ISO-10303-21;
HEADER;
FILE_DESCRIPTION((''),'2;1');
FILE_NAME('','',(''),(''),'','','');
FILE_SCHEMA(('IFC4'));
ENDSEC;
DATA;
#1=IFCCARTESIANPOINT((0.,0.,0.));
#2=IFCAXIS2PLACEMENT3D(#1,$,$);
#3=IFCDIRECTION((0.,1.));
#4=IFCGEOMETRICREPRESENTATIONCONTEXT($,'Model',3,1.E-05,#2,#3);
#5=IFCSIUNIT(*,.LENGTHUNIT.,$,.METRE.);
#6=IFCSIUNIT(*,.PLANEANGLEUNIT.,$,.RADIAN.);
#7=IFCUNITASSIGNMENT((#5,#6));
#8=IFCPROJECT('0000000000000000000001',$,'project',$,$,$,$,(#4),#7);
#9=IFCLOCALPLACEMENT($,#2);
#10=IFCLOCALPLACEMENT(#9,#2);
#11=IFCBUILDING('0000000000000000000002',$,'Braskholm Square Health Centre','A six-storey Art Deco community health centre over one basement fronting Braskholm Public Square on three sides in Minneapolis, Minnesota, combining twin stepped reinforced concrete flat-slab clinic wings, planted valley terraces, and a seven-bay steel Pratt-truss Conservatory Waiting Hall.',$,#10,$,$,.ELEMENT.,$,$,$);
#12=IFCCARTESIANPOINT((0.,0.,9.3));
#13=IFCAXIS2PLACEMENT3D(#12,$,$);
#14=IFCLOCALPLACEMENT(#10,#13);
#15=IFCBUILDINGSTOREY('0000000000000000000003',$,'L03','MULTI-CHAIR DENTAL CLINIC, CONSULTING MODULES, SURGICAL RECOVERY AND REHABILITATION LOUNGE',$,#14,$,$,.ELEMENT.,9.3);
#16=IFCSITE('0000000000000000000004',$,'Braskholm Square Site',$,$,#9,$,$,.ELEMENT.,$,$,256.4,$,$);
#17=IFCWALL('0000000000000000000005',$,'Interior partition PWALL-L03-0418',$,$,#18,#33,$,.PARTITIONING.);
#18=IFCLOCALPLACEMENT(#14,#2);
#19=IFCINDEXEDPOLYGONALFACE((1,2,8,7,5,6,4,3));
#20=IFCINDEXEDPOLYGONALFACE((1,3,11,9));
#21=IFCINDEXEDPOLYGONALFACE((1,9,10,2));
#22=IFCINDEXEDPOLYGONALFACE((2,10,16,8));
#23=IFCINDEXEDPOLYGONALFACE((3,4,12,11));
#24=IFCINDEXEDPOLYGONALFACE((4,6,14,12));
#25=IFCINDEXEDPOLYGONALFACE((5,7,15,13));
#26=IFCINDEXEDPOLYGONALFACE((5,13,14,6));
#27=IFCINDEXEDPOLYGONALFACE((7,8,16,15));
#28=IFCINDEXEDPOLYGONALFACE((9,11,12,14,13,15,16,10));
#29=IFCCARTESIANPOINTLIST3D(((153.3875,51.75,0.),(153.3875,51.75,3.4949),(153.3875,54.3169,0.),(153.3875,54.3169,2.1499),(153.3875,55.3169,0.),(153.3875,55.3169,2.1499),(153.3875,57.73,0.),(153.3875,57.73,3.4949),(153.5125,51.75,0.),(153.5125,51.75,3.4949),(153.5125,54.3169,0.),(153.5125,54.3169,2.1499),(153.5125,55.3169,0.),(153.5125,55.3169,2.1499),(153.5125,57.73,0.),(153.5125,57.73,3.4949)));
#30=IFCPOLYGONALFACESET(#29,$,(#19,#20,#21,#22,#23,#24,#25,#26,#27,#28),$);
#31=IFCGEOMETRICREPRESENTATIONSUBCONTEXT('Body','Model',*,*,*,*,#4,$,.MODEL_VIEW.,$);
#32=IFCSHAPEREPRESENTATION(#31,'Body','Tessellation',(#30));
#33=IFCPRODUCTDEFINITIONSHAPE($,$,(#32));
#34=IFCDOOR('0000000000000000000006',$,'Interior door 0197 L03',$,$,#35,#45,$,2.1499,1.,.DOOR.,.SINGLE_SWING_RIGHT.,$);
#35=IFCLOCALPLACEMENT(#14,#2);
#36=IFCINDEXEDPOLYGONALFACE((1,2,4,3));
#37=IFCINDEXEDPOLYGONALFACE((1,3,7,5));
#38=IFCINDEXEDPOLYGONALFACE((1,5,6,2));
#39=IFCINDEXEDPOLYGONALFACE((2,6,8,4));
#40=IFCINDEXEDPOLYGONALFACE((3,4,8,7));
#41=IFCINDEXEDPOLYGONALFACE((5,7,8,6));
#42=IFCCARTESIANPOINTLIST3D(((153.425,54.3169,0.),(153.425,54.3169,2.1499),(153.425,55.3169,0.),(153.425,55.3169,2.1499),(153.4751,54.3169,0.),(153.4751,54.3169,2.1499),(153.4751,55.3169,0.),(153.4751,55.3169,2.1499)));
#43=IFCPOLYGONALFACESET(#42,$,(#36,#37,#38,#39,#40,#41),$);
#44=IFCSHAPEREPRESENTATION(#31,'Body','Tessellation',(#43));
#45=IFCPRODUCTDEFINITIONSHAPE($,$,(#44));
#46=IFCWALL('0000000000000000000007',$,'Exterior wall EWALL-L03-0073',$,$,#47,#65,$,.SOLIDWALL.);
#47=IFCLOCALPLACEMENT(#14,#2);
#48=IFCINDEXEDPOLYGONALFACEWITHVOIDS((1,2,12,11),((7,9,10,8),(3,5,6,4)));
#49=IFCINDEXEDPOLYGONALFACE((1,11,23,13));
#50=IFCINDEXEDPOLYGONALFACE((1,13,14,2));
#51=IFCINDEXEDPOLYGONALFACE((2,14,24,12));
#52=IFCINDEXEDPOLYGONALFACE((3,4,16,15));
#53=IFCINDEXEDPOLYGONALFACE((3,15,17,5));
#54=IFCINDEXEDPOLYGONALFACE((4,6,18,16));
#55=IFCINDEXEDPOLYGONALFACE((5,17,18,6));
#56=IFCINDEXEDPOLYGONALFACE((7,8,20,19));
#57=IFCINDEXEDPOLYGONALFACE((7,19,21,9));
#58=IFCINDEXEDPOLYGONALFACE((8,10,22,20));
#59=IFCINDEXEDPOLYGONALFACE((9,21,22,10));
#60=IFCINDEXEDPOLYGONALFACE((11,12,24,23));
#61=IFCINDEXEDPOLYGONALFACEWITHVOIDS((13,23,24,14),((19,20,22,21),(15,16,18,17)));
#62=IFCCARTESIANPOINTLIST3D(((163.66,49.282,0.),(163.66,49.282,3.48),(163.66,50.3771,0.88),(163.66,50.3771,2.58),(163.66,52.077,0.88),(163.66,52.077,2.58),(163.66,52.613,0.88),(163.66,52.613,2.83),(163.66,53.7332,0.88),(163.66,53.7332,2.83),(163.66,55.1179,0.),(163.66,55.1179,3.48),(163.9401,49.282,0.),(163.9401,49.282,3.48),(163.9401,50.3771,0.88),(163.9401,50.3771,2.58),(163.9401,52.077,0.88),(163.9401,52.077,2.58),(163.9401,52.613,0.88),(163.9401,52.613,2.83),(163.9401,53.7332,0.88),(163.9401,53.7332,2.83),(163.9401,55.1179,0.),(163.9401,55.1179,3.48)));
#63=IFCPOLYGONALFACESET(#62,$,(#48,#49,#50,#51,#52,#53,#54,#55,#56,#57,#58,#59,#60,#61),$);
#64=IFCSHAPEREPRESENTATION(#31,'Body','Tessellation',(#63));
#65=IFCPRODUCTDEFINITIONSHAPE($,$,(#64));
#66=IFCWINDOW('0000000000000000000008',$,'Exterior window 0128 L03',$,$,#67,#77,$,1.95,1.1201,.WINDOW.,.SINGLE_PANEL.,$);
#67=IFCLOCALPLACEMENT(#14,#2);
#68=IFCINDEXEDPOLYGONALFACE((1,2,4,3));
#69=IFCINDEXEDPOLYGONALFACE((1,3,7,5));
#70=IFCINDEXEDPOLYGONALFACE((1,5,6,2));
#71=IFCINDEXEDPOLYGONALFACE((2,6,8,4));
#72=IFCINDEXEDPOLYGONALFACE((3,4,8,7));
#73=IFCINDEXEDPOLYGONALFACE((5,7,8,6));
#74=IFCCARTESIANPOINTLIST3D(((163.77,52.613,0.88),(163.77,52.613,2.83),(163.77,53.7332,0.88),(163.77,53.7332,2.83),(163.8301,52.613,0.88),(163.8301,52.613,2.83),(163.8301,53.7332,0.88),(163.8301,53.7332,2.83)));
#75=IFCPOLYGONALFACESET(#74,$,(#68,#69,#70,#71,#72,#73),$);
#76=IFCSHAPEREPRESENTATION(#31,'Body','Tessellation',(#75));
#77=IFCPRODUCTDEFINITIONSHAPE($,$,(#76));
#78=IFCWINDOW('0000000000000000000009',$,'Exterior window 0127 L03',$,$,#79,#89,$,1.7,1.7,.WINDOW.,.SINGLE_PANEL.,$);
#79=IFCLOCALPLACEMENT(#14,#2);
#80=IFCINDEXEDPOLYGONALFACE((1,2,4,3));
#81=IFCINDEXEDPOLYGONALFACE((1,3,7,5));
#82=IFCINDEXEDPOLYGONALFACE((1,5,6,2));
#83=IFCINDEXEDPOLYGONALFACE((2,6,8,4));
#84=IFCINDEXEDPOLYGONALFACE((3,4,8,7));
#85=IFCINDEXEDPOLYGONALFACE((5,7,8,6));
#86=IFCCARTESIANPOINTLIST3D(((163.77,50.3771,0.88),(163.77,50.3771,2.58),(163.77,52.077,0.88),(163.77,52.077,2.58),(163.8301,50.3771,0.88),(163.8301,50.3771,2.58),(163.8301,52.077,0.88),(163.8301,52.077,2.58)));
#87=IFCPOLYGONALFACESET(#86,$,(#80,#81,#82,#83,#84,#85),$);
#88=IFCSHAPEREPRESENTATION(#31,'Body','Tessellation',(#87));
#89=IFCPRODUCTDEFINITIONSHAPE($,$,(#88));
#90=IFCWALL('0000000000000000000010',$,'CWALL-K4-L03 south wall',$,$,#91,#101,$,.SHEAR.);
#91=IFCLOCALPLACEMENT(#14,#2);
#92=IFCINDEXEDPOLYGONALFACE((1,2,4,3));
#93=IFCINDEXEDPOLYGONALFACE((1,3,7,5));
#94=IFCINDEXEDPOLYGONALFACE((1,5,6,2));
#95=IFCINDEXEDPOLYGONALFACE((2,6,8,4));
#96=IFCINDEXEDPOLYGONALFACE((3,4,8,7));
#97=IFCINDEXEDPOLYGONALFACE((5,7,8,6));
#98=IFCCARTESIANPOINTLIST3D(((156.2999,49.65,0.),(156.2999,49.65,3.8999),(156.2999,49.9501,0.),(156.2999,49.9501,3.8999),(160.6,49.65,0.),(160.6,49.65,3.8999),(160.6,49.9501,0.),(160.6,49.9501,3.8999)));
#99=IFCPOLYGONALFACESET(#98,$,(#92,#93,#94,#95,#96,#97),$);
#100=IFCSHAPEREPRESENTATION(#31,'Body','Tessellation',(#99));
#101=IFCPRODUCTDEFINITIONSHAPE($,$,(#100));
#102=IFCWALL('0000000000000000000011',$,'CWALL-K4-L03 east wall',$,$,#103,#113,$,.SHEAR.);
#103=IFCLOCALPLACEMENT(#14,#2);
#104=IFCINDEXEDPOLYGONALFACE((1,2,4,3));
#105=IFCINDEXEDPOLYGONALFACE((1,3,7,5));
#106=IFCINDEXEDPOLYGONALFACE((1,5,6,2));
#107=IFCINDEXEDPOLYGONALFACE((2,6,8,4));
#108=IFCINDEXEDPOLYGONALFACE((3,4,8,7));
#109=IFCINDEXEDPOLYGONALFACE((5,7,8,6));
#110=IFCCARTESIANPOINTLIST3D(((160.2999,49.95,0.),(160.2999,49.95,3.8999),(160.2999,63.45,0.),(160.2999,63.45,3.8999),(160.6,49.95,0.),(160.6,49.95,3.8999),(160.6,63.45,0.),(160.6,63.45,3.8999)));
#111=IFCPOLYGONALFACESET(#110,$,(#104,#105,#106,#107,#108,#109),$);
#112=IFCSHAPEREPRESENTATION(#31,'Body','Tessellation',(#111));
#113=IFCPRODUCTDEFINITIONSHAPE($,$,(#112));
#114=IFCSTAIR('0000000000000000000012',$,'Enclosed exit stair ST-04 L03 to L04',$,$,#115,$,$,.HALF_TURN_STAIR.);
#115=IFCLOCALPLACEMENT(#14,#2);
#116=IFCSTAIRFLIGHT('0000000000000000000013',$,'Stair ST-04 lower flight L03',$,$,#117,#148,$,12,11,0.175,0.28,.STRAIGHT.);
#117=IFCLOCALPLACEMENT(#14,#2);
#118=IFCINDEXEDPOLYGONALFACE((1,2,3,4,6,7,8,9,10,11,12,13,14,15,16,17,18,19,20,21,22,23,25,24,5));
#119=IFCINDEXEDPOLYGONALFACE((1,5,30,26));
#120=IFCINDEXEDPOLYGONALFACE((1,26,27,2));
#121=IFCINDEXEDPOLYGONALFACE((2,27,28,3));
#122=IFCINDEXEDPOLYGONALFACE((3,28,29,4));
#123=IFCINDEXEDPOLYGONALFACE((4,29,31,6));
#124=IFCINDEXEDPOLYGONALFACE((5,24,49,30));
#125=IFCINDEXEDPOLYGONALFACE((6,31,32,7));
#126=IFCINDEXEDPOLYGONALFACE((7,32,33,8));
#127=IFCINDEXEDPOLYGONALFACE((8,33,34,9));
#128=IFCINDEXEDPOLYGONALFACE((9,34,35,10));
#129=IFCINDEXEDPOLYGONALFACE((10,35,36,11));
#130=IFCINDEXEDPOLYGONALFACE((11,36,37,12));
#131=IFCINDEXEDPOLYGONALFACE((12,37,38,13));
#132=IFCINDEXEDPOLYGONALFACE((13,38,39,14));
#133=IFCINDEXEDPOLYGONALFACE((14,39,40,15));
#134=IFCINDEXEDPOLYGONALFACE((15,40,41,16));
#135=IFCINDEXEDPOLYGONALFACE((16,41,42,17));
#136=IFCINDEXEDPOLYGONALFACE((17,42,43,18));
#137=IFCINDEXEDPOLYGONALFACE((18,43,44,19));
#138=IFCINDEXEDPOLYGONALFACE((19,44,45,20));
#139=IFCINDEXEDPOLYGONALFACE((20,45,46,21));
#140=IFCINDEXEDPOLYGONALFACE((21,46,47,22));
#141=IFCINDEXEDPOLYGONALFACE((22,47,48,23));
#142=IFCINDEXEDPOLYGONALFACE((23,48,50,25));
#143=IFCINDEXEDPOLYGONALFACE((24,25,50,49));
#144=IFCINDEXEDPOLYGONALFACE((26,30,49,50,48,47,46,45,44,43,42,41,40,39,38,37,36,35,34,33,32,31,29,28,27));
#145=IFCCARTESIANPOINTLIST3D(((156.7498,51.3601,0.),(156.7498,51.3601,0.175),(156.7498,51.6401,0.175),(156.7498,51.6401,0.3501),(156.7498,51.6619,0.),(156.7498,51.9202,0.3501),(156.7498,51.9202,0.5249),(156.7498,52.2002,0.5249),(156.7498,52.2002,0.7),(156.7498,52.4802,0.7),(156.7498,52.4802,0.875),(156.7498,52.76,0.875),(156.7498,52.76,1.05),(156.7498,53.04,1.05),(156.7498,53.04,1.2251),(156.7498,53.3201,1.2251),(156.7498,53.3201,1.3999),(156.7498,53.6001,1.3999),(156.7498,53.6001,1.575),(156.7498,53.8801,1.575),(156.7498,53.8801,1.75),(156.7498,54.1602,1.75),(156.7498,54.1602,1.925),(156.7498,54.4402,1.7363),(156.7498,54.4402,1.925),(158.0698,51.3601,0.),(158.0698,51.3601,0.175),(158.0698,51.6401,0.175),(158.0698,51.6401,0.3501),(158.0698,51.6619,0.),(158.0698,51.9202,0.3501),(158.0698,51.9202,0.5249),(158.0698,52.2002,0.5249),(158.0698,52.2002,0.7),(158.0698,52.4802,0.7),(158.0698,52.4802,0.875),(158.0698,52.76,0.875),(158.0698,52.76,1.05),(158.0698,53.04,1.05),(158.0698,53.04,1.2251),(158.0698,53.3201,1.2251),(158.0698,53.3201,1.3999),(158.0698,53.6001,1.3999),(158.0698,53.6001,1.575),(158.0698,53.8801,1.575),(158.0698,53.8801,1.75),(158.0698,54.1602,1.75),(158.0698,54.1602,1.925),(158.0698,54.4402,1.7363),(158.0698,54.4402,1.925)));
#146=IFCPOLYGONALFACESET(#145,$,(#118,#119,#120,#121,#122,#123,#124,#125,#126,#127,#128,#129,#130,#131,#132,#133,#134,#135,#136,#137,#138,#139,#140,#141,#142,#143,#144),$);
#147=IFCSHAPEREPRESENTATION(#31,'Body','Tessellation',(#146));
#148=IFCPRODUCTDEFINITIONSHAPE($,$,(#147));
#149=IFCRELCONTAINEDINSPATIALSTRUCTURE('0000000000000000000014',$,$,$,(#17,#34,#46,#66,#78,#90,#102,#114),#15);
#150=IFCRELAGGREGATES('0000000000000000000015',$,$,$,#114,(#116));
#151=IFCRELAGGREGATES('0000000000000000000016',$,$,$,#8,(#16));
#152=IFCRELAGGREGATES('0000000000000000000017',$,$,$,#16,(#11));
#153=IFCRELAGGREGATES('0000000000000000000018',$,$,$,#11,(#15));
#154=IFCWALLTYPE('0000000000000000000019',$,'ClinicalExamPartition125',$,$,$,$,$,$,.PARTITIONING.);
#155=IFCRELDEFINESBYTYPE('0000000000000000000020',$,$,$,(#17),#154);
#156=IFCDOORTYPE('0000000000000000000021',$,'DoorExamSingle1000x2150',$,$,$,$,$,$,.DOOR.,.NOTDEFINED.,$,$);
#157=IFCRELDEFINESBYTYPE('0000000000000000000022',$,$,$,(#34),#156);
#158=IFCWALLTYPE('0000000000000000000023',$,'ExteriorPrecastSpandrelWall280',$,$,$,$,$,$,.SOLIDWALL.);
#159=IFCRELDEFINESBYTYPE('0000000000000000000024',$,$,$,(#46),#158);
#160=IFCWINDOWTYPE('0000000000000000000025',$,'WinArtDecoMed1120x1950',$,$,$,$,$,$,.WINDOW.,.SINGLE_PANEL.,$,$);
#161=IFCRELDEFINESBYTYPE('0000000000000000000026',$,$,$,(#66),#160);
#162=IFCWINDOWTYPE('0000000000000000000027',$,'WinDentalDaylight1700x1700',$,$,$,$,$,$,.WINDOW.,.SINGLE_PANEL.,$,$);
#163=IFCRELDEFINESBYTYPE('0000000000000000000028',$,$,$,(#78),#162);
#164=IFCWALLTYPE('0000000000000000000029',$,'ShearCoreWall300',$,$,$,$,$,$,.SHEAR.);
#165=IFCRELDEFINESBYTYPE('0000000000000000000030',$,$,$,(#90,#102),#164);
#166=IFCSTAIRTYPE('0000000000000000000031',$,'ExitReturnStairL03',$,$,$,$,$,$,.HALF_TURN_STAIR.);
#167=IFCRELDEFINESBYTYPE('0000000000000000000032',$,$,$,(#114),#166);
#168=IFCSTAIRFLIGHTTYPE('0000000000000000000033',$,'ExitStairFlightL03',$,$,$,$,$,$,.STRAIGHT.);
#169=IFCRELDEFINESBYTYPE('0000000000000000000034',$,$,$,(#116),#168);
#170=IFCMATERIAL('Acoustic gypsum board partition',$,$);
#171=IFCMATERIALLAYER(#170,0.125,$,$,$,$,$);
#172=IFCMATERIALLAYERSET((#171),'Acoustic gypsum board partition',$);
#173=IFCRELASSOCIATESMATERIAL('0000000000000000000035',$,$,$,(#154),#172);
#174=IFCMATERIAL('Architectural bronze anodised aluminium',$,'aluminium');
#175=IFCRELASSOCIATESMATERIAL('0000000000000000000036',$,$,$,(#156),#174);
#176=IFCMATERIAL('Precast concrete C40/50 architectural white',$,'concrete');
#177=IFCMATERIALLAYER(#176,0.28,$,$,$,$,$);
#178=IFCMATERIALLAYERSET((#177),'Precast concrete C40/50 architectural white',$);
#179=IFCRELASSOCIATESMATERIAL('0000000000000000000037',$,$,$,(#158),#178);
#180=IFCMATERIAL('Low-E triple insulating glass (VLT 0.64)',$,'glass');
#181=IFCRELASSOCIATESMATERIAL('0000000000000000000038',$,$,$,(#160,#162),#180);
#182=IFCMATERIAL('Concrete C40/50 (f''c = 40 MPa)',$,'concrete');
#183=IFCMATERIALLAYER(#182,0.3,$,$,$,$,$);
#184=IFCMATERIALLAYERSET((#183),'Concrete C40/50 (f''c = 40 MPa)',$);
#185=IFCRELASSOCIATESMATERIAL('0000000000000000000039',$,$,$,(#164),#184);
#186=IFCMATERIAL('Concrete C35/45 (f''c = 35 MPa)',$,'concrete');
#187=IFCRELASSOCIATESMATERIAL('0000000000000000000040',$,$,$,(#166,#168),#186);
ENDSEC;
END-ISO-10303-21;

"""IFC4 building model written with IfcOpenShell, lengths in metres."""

from ifc_helpers import new_model, si_unit, direction, frame, frame_2d, origin, origin_with_axes, place, context, subcontext, project, spatial, polyline, rectangle, outline, extrude, material, layer, layer_set, type_object, element, fill, aggregate, save


model = new_model("IFC4")

# Units and contexts
model_context = context("Model", 3, precision=1e-05, world=origin(), true_north=direction((0.0, 1.0)))
body_context = subcontext(model_context, "Body", "Model", "MODEL_VIEW")
ifc_project = project(units=[si_unit("LENGTHUNIT", "METRE"), si_unit("PLANEANGLEUNIT", "RADIAN")], contexts=[model_context])

# Site, building, storey
site_placement = place(None, origin())
site = spatial("IfcSite", under=ifc_project, at=site_placement, Name="Braskholm Square Site", CompositionType="ELEMENT", RefElevation=256.4)
building_placement = place(site_placement, origin())
building = spatial("IfcBuilding", under=site, at=building_placement, Name="Braskholm Square Health Centre", Description="A six-storey Art Deco community health centre over one basement fronting Braskholm Public Square on three sides in Minneapolis, Minnesota, combining twin stepped reinforced concrete flat-slab clinic wings, planted valley terraces, and a seven-bay steel Pratt-truss Conservatory Waiting Hall.", CompositionType="ELEMENT")
storey_placement = place(building_placement, frame((0.0, 0.0, 9.3)))
storey = spatial("IfcBuildingStorey", under=building, at=storey_placement, Name="L03", Description="MULTI-CHAIR DENTAL CLINIC, CONSULTING MODULES, SURGICAL RECOVERY AND REHABILITATION LOUNGE", CompositionType="ELEMENT", Elevation=9.3)

# Shared definitions
ifc_material_1 = material(Name="Concrete C40/50 (f'c = 40 MPa)", Category="concrete")
ifc_material_2 = material(Name="Precast concrete C40/50 architectural white", Category="concrete")

# Shared definitions
ifc_material_3 = material(Name="Low-E triple insulating glass (VLT 0.64)", Category="glass")
ifc_material_4 = material(Name="Architectural bronze anodised aluminium", Category="aluminium")

# Shared definitions
ifc_material_5 = material(Name="Concrete C35/45 (f'c = 35 MPa)", Category="concrete")

# Shared definitions
ifc_material_6 = material(Name="Acoustic gypsum board partition")
ifc_layer_1 = layer(ifc_material_6, 0.125)
ifc_layer_set_1 = layer_set([ifc_layer_1], Name="Acoustic gypsum board partition")
wall_type_1 = type_object("IfcWallType", Name="ClinicalExamPartition125", PredefinedType="PARTITIONING", material=ifc_layer_set_1)

# Wall, opening, door
wall_1_placement = place(storey_placement, frame((153.45, 51.75, 0.0), z_axis=(0.0, 0.0, 1.0), x_axis=(0.0, 1.0, 0.0)))
wall_1 = element("IfcWall", 1, at=wall_1_placement, inside=storey, type_object=wall_type_1, Name="Interior partition PWALL-L03-0418", PredefinedType="PARTITIONING", context=body_context, shape_type="SweptSolid", body=[
    extrude(rectangle(XDim=5.98, YDim=0.125, at=frame_2d((2.99, 0.0))), origin(), (0.0, 0.0, 1.0), 3.4949),
])
opening_1_placement = place(wall_1_placement, frame((2.5669, 0.0, 0.0)))
opening_1 = element("IfcOpeningElement", 2, at=opening_1_placement, cuts=wall_1, PredefinedType="OPENING", context=body_context, shape_type="SweptSolid", body=[
    extrude(rectangle(XDim=1.0, YDim=2.1499, at=frame_2d((0.5, 1.075))), frame((0.0, 0.0725, 0.0), z_axis=(0.0, -1.0, 0.0), x_axis=(1.0, 0.0, 0.0)), (0.0, 0.0, 1.0), 0.145),
])
door_type = type_object("IfcDoorType", Name="DoorExamSingle1000x2150", OperationType="NOTDEFINED", PredefinedType="DOOR", material=ifc_material_4)
door_placement = place(opening_1_placement, origin_with_axes())
door = element("IfcDoor", 3, at=door_placement, inside=storey, type_object=door_type, Name="Interior door 0197 L03", OperationType="SINGLE_SWING_RIGHT", OverallHeight=2.1499, OverallWidth=1.0, PredefinedType="DOOR", context=body_context, shape_type="SweptSolid", body=[
    extrude(rectangle(XDim=1.0, YDim=2.1499, at=frame_2d((0.5, 1.075))), frame((0.0, 0.0249, 0.0), z_axis=(0.0, -1.0, 0.0), x_axis=(1.0, 0.0, 0.0)), (0.0, 0.0, 1.0), 0.05),
])
fill(opening_1, door)

# Wall, openings, windows
ifc_layer_2 = layer(ifc_material_2, 0.28)
ifc_layer_set_2 = layer_set([ifc_layer_2], Name="Precast concrete C40/50 architectural white")
wall_type_2 = type_object("IfcWallType", Name="ExteriorPrecastSpandrelWall280", PredefinedType="SOLIDWALL", material=ifc_layer_set_2)
wall_2_placement = place(storey_placement, frame((163.8, 49.282, 0.0), z_axis=(0.0, 0.0, 1.0), x_axis=(0.0, 1.0, 0.0)))
wall_2 = element("IfcWall", 4, at=wall_2_placement, inside=storey, type_object=wall_type_2, Name="Exterior wall EWALL-L03-0073", PredefinedType="SOLIDWALL", context=body_context, shape_type="SweptSolid", body=[
    extrude(rectangle(XDim=5.8359, YDim=0.28, at=frame_2d((2.918, 0.0))), origin(), (0.0, 0.0, 1.0), 3.48),
])
opening_2_placement = place(wall_2_placement, frame((1.095, 0.0, 0.8799)))
opening_2 = element("IfcOpeningElement", 5, at=opening_2_placement, cuts=wall_2, PredefinedType="OPENING", context=body_context, shape_type="SweptSolid", body=[
    extrude(rectangle(XDim=1.7, YDim=1.7, at=frame_2d((0.8501, 0.8501))), frame((0.0, 0.1499, 0.0), z_axis=(0.0, -1.0, 0.0), x_axis=(1.0, 0.0, 0.0)), (0.0, 0.0, 1.0), 0.3),
])
opening_3_placement = place(wall_2_placement, frame((3.3311, 0.0, 0.8799)))
opening_3 = element("IfcOpeningElement", 6, at=opening_3_placement, cuts=wall_2, PredefinedType="OPENING", context=body_context, shape_type="SweptSolid", body=[
    extrude(rectangle(XDim=1.1201, YDim=1.95, at=frame_2d((0.5601, 0.9751))), frame((0.0, 0.1499, 0.0), z_axis=(0.0, -1.0, 0.0), x_axis=(1.0, 0.0, 0.0)), (0.0, 0.0, 1.0), 0.3),
])
window_type_1 = type_object("IfcWindowType", Name="WinArtDecoMed1120x1950", PartitioningType="SINGLE_PANEL", PredefinedType="WINDOW", material=ifc_material_3)
window_1_placement = place(opening_3_placement, origin_with_axes())
window_1 = element("IfcWindow", 7, at=window_1_placement, inside=storey, type_object=window_type_1, Name="Exterior window 0128 L03", OverallHeight=1.95, OverallWidth=1.1201, PartitioningType="SINGLE_PANEL", PredefinedType="WINDOW", context=body_context, shape_type="SweptSolid", body=[
    extrude(rectangle(XDim=1.1201, YDim=1.95, at=frame_2d((0.5601, 0.9751))), frame((0.0, 0.03, 0.0), z_axis=(0.0, -1.0, 0.0), x_axis=(1.0, 0.0, 0.0)), (0.0, 0.0, 1.0), 0.0601),
])
fill(opening_3, window_1)
window_type_2 = type_object("IfcWindowType", Name="WinDentalDaylight1700x1700", PartitioningType="SINGLE_PANEL", PredefinedType="WINDOW", material=ifc_material_3)
window_2_placement = place(opening_2_placement, origin_with_axes())
window_2 = element("IfcWindow", 8, at=window_2_placement, inside=storey, type_object=window_type_2, Name="Exterior window 0127 L03", OverallHeight=1.7, OverallWidth=1.7, PartitioningType="SINGLE_PANEL", PredefinedType="WINDOW", context=body_context, shape_type="SweptSolid", body=[
    extrude(rectangle(XDim=1.7, YDim=1.7, at=frame_2d((0.8501, 0.8501))), frame((0.0, 0.03, 0.0), z_axis=(0.0, -1.0, 0.0), x_axis=(1.0, 0.0, 0.0)), (0.0, 0.0, 1.0), 0.0601),
])
fill(opening_2, window_2)

# Walls
ifc_layer_3 = layer(ifc_material_1, 0.3)
ifc_layer_set_3 = layer_set([ifc_layer_3], Name="Concrete C40/50 (f'c = 40 MPa)")
wall_type_3 = type_object("IfcWallType", Name="ShearCoreWall300", PredefinedType="SHEAR", material=ifc_layer_set_3)
wall_3_placement = place(storey_placement, frame((156.3, 49.8, 0.0), z_axis=(0.0, 0.0, 1.0), x_axis=(1.0, 0.0, 0.0)))
element("IfcWall", 9, at=wall_3_placement, inside=storey, type_object=wall_type_3, Name="CWALL-K4-L03 south wall", PredefinedType="SHEAR", context=body_context, shape_type="SweptSolid", body=[
    extrude(rectangle(XDim=4.3, YDim=0.3, at=frame_2d((2.1499, 0.0))), origin(), (0.0, 0.0, 1.0), 3.8999),
])
wall_4_placement = place(storey_placement, frame((160.45, 49.95, 0.0), z_axis=(0.0, 0.0, 1.0), x_axis=(0.0, 1.0, 0.0)))
element("IfcWall", 10, at=wall_4_placement, inside=storey, type_object=wall_type_3, Name="CWALL-K4-L03 east wall", PredefinedType="SHEAR", context=body_context, shape_type="SweptSolid", body=[
    extrude(rectangle(XDim=13.5, YDim=0.3, at=frame_2d((6.75, 0.0))), origin(), (0.0, 0.0, 1.0), 3.8999),
])

# Stair, stair flight
stair_type = type_object("IfcStairType", Name="ExitReturnStairL03", PredefinedType="HALF_TURN_STAIR", material=ifc_material_5)
stair_placement = place(storey_placement, origin())
stair = element("IfcStair", 11, at=stair_placement, inside=storey, type_object=stair_type, Name="Enclosed exit stair ST-04 L03 to L04", PredefinedType="HALF_TURN_STAIR")
stair_flight_type = type_object("IfcStairFlightType", Name="ExitStairFlightL03", PredefinedType="STRAIGHT", material=ifc_material_5)
stair_flight_1_placement = place(storey_placement, frame((157.4099, 51.3601, 0.0), z_axis=(0.0, 0.0, 1.0), x_axis=(0.0, 1.0, 0.0)))
stair_flight_1 = element("IfcStairFlight", 12, at=stair_flight_1_placement, type_object=stair_flight_type, Name="Stair ST-04 lower flight L03", NumberOfRisers=12, NumberOfTreads=11, PredefinedType="STRAIGHT", RiserHeight=0.175, TreadLength=0.28, context=body_context, shape_type="SweptSolid", body=[
    extrude(outline(polyline([(0.0, 0.0), (0.0, 0.175), (0.28, 0.175), (0.28, 0.3501), (0.5601, 0.3501), (0.5601, 0.5249), (0.8401, 0.5249), (0.8401, 0.7), (1.1201, 0.7), (1.1201, 0.875), (1.3999, 0.875), (1.3999, 1.05), (1.6799, 1.05), (1.6799, 1.2251), (1.96, 1.2251), (1.96, 1.3999), (2.24, 1.3999), (2.24, 1.575), (2.52, 1.575), (2.52, 1.75), (2.8, 1.75), (2.8, 1.925), (3.0801, 1.925), (3.0801, 2.1001), (3.0801, 1.7363), (0.3018, 0.0), (0.0, 0.0)])), frame((0.0, 0.6602, 0.0), z_axis=(0.0, -1.0, 0.0), x_axis=(1.0, 0.0, 0.0)), (0.0, 0.0, 1.0), 1.3201),
])
aggregate(stair, [stair_flight_1])

save(model, "model.ifc")
